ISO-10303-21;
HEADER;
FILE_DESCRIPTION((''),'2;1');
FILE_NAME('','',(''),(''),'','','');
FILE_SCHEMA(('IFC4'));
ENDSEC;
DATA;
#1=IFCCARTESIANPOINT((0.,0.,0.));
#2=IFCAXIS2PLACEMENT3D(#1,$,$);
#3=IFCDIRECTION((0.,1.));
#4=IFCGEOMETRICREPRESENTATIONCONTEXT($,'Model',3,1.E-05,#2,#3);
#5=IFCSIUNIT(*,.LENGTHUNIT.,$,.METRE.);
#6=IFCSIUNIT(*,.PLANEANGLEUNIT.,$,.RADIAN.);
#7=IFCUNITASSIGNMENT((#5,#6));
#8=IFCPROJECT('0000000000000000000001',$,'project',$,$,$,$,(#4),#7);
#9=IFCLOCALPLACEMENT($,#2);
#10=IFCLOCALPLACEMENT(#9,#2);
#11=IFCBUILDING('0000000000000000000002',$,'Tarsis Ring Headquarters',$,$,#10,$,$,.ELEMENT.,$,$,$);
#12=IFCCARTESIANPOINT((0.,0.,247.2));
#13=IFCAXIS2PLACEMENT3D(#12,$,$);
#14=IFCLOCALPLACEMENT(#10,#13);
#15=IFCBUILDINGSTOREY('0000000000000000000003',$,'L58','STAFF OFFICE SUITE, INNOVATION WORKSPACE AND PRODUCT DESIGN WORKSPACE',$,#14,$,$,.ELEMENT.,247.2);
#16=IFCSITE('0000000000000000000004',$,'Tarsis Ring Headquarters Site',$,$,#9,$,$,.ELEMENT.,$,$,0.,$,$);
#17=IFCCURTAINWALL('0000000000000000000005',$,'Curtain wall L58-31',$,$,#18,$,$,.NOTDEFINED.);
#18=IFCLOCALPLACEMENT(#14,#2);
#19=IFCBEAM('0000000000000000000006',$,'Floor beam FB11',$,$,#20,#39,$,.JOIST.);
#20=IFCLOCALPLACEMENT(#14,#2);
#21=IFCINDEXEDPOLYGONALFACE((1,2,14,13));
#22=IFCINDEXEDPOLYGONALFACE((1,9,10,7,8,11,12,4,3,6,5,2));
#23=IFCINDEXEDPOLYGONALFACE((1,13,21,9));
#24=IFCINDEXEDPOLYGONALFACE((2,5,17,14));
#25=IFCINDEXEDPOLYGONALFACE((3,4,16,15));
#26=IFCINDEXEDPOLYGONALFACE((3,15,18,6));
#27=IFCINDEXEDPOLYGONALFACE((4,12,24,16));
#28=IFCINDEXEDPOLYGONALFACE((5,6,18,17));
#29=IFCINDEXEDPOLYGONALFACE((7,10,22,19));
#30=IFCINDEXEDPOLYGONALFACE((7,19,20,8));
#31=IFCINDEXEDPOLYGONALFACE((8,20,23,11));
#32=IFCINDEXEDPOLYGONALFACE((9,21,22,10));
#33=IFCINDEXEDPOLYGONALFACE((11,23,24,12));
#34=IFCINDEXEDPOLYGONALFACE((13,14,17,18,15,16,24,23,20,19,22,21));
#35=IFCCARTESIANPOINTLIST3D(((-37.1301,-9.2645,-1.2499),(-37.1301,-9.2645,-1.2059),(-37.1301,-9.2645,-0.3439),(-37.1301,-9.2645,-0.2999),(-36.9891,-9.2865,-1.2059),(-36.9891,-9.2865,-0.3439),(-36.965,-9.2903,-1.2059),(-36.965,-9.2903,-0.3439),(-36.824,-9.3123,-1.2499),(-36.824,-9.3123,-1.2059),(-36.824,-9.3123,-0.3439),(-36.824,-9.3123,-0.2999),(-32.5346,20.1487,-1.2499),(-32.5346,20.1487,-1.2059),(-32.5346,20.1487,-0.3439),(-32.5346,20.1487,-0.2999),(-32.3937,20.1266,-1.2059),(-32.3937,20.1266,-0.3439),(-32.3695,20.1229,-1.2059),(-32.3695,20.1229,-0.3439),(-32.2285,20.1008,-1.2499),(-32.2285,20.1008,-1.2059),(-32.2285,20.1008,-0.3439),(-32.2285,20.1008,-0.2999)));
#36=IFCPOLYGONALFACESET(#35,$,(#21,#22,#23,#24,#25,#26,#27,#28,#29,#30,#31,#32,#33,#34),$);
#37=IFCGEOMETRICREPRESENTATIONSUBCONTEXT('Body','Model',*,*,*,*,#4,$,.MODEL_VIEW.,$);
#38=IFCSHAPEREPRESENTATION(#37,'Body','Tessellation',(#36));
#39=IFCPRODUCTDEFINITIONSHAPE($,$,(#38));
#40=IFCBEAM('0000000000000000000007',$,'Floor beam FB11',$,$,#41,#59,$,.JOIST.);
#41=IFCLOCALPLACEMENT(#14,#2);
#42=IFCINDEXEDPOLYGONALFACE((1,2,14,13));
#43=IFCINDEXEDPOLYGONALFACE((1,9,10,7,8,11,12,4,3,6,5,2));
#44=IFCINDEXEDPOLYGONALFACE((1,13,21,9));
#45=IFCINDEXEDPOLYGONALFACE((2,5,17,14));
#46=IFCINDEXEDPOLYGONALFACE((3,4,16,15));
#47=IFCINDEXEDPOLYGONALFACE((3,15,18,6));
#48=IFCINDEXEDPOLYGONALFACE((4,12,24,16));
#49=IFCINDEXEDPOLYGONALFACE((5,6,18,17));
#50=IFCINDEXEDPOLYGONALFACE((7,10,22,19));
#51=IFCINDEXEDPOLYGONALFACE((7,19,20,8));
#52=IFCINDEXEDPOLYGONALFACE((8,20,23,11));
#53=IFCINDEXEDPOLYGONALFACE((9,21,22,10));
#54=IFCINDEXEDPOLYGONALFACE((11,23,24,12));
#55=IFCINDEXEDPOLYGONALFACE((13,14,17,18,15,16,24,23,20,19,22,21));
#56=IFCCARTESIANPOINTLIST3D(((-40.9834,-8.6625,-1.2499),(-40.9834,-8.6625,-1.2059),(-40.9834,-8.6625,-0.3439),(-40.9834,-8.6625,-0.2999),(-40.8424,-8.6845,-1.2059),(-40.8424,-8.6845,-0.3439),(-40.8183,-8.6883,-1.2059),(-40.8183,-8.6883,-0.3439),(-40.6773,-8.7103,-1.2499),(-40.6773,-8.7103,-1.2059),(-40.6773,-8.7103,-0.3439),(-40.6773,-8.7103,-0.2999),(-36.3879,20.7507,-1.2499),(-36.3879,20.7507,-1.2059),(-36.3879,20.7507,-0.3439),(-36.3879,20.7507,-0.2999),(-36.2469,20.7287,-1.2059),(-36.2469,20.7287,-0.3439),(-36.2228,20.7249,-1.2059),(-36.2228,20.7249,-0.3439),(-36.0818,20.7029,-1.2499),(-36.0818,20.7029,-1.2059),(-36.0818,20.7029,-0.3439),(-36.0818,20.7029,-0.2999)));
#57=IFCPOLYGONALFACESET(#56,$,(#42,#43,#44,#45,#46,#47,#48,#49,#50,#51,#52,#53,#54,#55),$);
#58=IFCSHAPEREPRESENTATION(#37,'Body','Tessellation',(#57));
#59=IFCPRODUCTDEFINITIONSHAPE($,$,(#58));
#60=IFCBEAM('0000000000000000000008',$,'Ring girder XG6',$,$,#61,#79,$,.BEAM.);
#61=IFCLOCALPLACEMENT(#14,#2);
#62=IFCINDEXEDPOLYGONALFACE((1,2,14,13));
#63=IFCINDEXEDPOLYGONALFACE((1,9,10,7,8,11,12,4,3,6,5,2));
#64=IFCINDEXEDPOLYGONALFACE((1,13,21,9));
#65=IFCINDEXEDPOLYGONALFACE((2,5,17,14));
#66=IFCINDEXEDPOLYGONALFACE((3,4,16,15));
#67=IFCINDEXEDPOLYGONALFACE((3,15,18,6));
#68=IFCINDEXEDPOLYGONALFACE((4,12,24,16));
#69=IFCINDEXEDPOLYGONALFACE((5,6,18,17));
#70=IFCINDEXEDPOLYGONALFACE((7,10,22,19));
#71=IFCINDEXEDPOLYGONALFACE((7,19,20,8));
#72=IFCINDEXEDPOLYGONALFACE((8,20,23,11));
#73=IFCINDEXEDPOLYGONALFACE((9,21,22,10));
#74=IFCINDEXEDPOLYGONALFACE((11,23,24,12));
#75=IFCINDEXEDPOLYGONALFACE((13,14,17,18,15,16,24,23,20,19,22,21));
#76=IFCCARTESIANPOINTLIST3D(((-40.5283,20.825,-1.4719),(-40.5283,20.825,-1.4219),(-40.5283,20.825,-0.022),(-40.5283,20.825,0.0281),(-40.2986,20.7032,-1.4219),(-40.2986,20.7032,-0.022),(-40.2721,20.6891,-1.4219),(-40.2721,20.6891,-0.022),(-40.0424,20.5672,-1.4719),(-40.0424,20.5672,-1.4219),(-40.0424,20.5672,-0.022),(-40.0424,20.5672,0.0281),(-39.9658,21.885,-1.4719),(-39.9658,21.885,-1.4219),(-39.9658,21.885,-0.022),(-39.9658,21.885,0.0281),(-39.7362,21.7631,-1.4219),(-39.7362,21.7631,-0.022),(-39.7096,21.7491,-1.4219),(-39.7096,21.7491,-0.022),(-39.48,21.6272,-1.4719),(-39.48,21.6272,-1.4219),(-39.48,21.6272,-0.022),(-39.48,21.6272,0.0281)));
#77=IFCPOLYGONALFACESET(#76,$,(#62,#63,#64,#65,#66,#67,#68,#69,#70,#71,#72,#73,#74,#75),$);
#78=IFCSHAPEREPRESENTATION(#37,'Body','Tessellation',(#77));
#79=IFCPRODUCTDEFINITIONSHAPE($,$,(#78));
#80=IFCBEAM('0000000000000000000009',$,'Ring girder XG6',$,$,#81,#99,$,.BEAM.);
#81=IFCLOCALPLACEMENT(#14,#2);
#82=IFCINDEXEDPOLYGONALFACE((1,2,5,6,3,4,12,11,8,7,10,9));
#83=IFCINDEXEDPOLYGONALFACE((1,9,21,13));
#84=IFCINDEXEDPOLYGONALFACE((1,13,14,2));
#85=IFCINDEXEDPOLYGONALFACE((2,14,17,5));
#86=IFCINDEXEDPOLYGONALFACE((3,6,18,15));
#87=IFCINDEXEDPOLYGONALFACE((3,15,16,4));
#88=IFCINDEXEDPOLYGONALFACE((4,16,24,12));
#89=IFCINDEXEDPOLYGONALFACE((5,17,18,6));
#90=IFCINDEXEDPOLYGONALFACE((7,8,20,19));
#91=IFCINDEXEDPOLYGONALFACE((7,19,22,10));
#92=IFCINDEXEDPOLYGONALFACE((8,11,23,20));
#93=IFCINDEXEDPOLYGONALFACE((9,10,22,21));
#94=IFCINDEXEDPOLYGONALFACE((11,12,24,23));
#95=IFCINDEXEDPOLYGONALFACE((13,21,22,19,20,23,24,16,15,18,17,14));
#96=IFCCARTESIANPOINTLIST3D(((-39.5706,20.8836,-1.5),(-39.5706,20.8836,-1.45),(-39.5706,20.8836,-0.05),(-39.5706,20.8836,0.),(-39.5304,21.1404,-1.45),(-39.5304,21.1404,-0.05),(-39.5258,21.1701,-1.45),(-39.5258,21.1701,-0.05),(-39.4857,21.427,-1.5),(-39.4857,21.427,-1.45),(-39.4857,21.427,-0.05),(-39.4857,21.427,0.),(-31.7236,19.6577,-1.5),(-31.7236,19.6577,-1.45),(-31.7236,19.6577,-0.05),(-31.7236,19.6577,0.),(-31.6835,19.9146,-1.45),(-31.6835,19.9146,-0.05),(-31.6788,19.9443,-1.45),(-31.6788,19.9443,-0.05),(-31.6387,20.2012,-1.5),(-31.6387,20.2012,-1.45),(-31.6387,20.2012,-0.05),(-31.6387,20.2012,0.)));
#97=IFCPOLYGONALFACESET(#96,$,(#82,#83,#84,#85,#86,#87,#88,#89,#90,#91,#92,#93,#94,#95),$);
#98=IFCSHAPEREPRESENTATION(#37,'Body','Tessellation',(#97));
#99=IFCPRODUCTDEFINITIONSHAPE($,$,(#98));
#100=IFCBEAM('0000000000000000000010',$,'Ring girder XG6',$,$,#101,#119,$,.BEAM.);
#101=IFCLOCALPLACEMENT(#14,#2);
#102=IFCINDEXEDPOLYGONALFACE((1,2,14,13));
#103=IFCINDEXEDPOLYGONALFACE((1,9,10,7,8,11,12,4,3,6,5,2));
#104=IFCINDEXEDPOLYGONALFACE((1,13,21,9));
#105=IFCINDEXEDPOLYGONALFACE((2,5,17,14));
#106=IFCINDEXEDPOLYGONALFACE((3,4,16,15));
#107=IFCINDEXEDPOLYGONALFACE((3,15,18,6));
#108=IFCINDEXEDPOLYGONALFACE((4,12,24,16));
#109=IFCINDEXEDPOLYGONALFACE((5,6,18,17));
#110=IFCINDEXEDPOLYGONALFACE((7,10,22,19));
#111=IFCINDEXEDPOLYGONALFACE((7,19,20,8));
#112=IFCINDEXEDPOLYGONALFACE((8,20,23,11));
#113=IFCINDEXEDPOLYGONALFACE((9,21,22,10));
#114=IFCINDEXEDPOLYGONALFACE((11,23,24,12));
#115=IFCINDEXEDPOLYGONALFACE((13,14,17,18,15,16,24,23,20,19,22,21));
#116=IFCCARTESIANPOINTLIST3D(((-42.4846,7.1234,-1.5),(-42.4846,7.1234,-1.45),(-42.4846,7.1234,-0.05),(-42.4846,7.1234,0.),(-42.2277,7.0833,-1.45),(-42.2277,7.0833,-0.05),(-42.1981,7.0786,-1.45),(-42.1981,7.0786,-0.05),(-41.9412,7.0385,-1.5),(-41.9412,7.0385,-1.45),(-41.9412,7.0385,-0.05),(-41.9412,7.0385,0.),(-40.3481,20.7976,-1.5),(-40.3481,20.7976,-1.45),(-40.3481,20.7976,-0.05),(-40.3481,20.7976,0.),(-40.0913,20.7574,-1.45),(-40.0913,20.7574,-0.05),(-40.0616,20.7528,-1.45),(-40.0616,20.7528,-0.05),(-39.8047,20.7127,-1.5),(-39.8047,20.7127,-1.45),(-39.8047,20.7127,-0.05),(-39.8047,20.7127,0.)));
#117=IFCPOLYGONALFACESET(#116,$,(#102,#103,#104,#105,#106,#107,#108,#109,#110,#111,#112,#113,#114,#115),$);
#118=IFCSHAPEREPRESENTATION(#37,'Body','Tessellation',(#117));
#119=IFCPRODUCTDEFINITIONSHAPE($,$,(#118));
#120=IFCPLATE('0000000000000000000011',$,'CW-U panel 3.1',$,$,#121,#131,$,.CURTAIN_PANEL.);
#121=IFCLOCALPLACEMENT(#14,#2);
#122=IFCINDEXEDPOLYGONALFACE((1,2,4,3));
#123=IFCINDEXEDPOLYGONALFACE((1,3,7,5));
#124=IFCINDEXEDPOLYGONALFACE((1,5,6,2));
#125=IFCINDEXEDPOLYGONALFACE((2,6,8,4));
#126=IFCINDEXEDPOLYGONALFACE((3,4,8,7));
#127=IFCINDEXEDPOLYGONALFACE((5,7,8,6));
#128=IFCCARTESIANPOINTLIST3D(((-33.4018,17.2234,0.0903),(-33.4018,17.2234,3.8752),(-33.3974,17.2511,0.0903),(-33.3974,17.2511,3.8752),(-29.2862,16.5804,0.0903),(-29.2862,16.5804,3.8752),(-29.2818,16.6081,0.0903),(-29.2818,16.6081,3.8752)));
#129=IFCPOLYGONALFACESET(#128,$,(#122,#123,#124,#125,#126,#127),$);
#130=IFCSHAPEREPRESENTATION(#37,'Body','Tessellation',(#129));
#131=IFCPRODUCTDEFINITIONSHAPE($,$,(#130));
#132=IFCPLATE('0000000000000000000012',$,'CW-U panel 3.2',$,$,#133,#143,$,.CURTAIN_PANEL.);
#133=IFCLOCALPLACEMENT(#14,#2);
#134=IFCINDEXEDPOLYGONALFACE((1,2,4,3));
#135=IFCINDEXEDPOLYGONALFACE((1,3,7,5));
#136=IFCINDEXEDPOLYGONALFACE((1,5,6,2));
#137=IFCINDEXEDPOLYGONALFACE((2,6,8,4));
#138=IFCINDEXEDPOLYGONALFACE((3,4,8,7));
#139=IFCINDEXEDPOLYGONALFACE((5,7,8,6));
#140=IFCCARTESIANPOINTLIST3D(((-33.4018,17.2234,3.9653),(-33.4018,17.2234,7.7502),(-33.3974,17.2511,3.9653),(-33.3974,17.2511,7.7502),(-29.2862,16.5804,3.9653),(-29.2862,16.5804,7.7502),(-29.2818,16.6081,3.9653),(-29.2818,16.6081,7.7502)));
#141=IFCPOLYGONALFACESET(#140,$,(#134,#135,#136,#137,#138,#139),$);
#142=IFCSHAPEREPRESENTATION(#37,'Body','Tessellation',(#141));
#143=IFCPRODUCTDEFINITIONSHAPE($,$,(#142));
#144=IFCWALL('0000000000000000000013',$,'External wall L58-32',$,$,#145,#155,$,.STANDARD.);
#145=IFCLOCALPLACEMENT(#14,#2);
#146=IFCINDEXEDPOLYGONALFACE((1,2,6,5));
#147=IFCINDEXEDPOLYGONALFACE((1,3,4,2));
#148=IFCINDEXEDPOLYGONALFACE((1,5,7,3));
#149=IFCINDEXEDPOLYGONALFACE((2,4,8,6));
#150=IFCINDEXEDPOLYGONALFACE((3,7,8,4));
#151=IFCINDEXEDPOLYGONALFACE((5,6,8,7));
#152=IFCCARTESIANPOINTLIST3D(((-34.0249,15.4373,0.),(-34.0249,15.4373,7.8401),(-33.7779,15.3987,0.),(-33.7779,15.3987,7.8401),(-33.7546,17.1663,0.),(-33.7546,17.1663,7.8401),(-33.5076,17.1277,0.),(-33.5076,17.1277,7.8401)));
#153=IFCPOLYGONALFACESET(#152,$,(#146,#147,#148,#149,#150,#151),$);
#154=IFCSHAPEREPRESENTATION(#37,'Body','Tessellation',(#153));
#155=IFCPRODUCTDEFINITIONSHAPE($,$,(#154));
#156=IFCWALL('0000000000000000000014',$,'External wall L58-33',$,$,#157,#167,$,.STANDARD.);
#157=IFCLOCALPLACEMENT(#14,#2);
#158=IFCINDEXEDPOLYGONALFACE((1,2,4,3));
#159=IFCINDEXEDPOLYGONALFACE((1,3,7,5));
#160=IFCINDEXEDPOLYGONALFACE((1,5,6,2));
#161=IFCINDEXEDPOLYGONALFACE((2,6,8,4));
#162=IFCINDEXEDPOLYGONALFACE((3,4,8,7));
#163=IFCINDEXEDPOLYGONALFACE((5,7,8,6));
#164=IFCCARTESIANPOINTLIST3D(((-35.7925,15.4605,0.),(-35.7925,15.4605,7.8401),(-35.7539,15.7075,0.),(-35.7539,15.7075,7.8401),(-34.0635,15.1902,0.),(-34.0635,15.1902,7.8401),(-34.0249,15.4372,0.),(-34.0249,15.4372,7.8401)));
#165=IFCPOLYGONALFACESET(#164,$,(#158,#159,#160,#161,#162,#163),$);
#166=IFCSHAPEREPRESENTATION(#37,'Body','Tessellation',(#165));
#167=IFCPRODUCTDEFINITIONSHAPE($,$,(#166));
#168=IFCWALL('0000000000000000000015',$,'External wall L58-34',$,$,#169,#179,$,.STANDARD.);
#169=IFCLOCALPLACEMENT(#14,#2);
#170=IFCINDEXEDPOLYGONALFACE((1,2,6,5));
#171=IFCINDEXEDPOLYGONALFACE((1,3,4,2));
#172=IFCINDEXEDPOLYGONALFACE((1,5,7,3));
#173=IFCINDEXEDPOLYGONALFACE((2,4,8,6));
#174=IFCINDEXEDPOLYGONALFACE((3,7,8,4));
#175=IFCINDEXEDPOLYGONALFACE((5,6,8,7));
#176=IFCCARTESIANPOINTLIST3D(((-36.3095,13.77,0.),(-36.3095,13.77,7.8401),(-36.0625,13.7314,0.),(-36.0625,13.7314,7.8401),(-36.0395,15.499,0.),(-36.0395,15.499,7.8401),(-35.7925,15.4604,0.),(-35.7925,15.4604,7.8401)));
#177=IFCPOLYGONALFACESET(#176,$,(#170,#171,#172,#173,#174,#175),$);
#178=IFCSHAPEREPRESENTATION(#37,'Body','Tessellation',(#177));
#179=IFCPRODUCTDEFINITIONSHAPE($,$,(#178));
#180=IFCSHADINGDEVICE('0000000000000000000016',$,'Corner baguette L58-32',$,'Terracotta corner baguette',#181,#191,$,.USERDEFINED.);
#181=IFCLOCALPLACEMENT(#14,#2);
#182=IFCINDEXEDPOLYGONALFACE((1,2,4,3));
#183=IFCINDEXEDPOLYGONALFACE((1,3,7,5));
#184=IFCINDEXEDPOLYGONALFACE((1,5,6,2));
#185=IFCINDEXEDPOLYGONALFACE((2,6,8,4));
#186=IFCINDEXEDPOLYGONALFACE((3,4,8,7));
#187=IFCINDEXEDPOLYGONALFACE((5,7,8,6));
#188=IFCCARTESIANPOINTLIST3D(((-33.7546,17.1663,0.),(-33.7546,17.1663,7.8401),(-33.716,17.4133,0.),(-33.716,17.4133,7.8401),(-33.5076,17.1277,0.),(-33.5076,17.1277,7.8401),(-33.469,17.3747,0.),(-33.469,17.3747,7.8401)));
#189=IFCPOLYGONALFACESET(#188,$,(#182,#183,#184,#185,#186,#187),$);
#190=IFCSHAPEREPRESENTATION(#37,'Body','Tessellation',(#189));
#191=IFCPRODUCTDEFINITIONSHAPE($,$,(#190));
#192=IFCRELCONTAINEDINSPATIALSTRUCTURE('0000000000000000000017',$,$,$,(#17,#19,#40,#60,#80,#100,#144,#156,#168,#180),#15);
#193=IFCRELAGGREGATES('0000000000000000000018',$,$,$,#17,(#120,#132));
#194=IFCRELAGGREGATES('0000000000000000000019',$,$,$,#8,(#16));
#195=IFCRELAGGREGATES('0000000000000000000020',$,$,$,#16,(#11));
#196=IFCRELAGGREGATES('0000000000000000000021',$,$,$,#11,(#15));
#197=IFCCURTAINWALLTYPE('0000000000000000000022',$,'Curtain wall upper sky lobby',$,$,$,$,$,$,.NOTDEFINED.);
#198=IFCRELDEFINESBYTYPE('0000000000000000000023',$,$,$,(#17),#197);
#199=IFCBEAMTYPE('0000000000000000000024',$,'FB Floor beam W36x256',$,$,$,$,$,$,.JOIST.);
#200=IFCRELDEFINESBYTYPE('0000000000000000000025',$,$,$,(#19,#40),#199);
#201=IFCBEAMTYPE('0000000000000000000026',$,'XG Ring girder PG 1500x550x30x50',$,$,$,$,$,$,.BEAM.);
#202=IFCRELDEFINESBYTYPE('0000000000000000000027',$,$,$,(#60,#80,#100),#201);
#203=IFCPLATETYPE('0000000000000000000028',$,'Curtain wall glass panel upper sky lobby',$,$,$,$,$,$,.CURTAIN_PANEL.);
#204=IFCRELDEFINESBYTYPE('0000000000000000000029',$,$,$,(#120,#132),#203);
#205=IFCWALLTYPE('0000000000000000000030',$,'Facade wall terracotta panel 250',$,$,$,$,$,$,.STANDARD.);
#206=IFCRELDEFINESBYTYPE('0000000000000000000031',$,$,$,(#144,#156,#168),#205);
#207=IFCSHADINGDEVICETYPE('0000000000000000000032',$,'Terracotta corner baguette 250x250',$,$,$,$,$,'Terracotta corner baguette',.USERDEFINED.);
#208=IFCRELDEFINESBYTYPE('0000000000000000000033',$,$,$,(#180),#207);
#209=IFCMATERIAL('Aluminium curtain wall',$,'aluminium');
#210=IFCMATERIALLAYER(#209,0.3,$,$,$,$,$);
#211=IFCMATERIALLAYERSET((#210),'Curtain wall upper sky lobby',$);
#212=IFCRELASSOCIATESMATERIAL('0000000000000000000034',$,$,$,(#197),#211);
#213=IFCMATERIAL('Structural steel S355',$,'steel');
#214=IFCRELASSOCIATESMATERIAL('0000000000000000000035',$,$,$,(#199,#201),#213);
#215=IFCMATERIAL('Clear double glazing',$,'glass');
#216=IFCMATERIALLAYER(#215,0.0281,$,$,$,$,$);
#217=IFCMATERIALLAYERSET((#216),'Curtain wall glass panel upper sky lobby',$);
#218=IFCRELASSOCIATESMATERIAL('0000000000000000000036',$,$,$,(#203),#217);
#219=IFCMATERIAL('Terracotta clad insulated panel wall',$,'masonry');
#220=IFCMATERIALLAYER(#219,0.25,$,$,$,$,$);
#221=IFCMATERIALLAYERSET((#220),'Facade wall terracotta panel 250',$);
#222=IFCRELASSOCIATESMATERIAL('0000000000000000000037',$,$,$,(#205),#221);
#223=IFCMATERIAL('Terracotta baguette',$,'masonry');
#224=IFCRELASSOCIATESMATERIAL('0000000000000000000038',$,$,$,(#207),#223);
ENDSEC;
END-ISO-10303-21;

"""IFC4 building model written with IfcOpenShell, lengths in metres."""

from ifc_helpers import new_model, si_unit, direction, frame, frame_2d, origin, origin_2d, place, context, subcontext, project, spatial, rectangle, i_section, extrude, material, layer, layer_set, material_profile, profile_set, type_object, element, aggregate, save


model = new_model("IFC4")

# Units and contexts
model_context = context("Model", 3, precision=1e-05, world=origin(), true_north=direction((0.0, 1.0)))
body_context = subcontext(model_context, "Body", "Model", "MODEL_VIEW")
ifc_project = project(units=[si_unit("LENGTHUNIT", "METRE"), si_unit("PLANEANGLEUNIT", "RADIAN")], contexts=[model_context])

# Site, building, storey
site_placement = place(None, origin())
site = spatial("IfcSite", under=ifc_project, at=site_placement, Name="Tarsis Ring Headquarters Site", CompositionType="ELEMENT", RefElevation=0.0)
building_placement = place(site_placement, origin())
building = spatial("IfcBuilding", under=site, at=building_placement, Name="Tarsis Ring Headquarters", CompositionType="ELEMENT")
storey_placement = place(building_placement, frame((0.0, 0.0, 247.2)))
storey = spatial("IfcBuildingStorey", under=building, at=storey_placement, Name="L58", Description="STAFF OFFICE SUITE, INNOVATION WORKSPACE AND PRODUCT DESIGN WORKSPACE", CompositionType="ELEMENT", Elevation=247.2)

# Shared definitions
ifc_material_1 = material(Name="Structural steel S355", Category="steel")

# Curtain wall
ifc_material_2 = material(Name="Aluminium curtain wall", Category="aluminium")
ifc_layer_1 = layer(ifc_material_2, 0.3)
ifc_layer_set_1 = layer_set([ifc_layer_1], Name="Curtain wall upper sky lobby")
curtain_wall_type = type_object("IfcCurtainWallType", Name="Curtain wall upper sky lobby", PredefinedType="NOTDEFINED", material=ifc_layer_set_1)
curtain_wall_placement = place(storey_placement, origin())
curtain_wall = element("IfcCurtainWall", 1, at=curtain_wall_placement, inside=storey, type_object=curtain_wall_type, Name="Curtain wall L58-31", PredefinedType="NOTDEFINED")

# Beams
ifc_material_profile_1 = material_profile(ifc_material_1, i_section(OverallWidth=0.3098, OverallDepth=0.95, WebThickness=0.0244, FlangeThickness=0.0439, at=origin_2d()), Name="W36x256")
ifc_profile_set_1 = profile_set([ifc_material_profile_1], Name="Structural steel S355")
beam_type_1 = type_object("IfcBeamType", Name="FB Floor beam W36x256", PredefinedType="JOIST", material=ifc_profile_set_1)
for number, where, z_axis, x_axis, name in (
    (2, (-32.3816, 20.1248, -0.7749), (-0.154366, -0.988014, 0.0), (0.988014, -0.154366, 0.0), "Floor beam FB11"),
    (3, (-36.2349, 20.7268, -0.7749), (-0.154366, -0.988014, 0.0), (0.988014, -0.154366, 0.0), "Floor beam FB11"),
):
    element("IfcBeam", number, at=place(storey_placement, frame(where, z_axis=z_axis, x_axis=x_axis)), inside=storey, type_object=beam_type_1, Name=name, PredefinedType="JOIST", context=body_context, shape_type="SweptSolid", body=[
        extrude(i_section(OverallWidth=0.3098, OverallDepth=0.95, WebThickness=0.0244, FlangeThickness=0.0439, at=origin_2d()), origin(), (0.0, 0.0, 1.0), 29.77),
    ])
ifc_material_profile_2 = material_profile(ifc_material_1, i_section(OverallWidth=0.55, OverallDepth=1.5, WebThickness=0.03, FlangeThickness=0.05, at=origin_2d()), Name="PG 1500x550x30x50")
ifc_profile_set_2 = profile_set([ifc_material_profile_2], Name="Structural steel S355")
beam_type_2 = type_object("IfcBeamType", Name="XG Ring girder PG 1500x550x30x50", PredefinedType="BEAM", material=ifc_profile_set_2)
beam_1_placement = place(storey_placement, frame((-39.7229, 21.7561, -0.7219), z_axis=(-0.468729, -0.883342, 0.0), x_axis=(0.883342, -0.468729, 0.0)))
element("IfcBeam", 4, at=beam_1_placement, inside=storey, type_object=beam_type_2, Name="Ring girder XG6", PredefinedType="BEAM", context=body_context, shape_type="SweptSolid", body=[
    extrude(i_section(OverallWidth=0.55, OverallDepth=1.5, WebThickness=0.03, FlangeThickness=0.05, at=origin_2d()), origin(), (0.0, 0.0, 1.0), 1.2),
])
beam_2_placement = place(storey_placement, frame((-31.6812, 19.9294, -0.75), z_axis=(-0.988017, 0.154346, 0.0), x_axis=(-0.154346, -0.988017, 0.0)))
element("IfcBeam", 5, at=beam_2_placement, inside=storey, type_object=beam_type_2, Name="Ring girder XG6", PredefinedType="BEAM", context=body_context, shape_type="SweptSolid", body=[
    extrude(i_section(OverallWidth=0.55, OverallDepth=1.5, WebThickness=0.03, FlangeThickness=0.05, at=origin_2d()), origin(), (0.0, 0.0, 1.0), 7.9421),
])
beam_3_placement = place(storey_placement, frame((-40.0764, 20.7551, -0.75), z_axis=(-0.15437, -0.988013, 0.0), x_axis=(0.988013, -0.15437, 0.0)))
element("IfcBeam", 6, at=beam_3_placement, inside=storey, type_object=beam_type_2, Name="Ring girder XG6", PredefinedType="BEAM", context=body_context, shape_type="SweptSolid", body=[
    extrude(i_section(OverallWidth=0.55, OverallDepth=1.5, WebThickness=0.03, FlangeThickness=0.05, at=origin_2d()), origin(), (0.0, 0.0, 1.0), 13.8401),
])

# Plates
ifc_material_3 = material(Name="Clear double glazing", Category="glass")
ifc_layer_2 = layer(ifc_material_3, 0.0281)
ifc_layer_set_2 = layer_set([ifc_layer_2], Name="Curtain wall glass panel upper sky lobby")
plate_type = type_object("IfcPlateType", Name="Curtain wall glass panel upper sky lobby", PredefinedType="CURTAIN_PANEL", material=ifc_layer_set_2)
plate_1_placement = place(storey_placement, frame((-31.3418, 16.9158, 0.0903), z_axis=(0.0, 0.0, 1.0), x_axis=(-0.988014, 0.154366, 0.0)))
plate_1 = element("IfcPlate", 7, at=plate_1_placement, type_object=plate_type, Name="CW-U panel 3.1", PredefinedType="CURTAIN_PANEL", context=body_context, shape_type="SweptSolid", body=[
    extrude(rectangle(XDim=4.1655, YDim=0.0281, at=origin_2d()), origin(), (0.0, 0.0, 1.0), 3.7849),
])
plate_2_placement = place(storey_placement, frame((-31.3418, 16.9158, 3.9653), z_axis=(0.0, 0.0, 1.0), x_axis=(-0.988014, 0.154366, 0.0)))
plate_2 = element("IfcPlate", 8, at=plate_2_placement, type_object=plate_type, Name="CW-U panel 3.2", PredefinedType="CURTAIN_PANEL", context=body_context, shape_type="SweptSolid", body=[
    extrude(rectangle(XDim=4.1655, YDim=0.0281, at=origin_2d()), origin(), (0.0, 0.0, 1.0), 3.7849),
])
aggregate(curtain_wall, [plate_1, plate_2])

# Walls
ifc_material_4 = material(Name="Terracotta clad insulated panel wall", Category="masonry")
ifc_layer_3 = layer(ifc_material_4, 0.25)
ifc_layer_set_3 = layer_set([ifc_layer_3], Name="Facade wall terracotta panel 250")
wall_type = type_object("IfcWallType", Name="Facade wall terracotta panel 250", PredefinedType="STANDARD", material=ifc_layer_set_3)
for number, where, z_axis, x_axis, name in (
    (9, (-33.6311, 17.147, 0.0), (0.0, 0.0, 1.0), (-0.154436, -0.988003, 0.0), "External wall L58-32"),
    (10, (-34.0442, 15.3137, 0.0), (0.0, 0.0, 1.0), (-0.988003, 0.154436, 0.0), "External wall L58-33"),
    (11, (-35.916, 15.4797, 0.0), (0.0, 0.0, 1.0), (-0.1543, -0.988024, 0.0), "External wall L58-34"),
):
    element("IfcWall", number, at=place(storey_placement, frame(where, z_axis=z_axis, x_axis=x_axis)), inside=storey, type_object=wall_type, Name=name, PredefinedType="STANDARD", context=body_context, shape_type="SweptSolid", body=[
        extrude(rectangle(XDim=1.75, YDim=0.25, at=frame_2d((0.875, 0.0))), origin(), (0.0, 0.0, 1.0), 7.8401),
    ])

# Shading device
ifc_material_5 = material(Name="Terracotta baguette", Category="masonry")
shading_device_type_1 = type_object("IfcShadingDeviceType", Name="Terracotta corner baguette 250x250", ElementType="Terracotta corner baguette", PredefinedType="USERDEFINED", material=ifc_material_5)
for number, where, z_axis, x_axis, name in (
    (12, (-33.6118, 17.2705, 0.0), (0.0, 0.0, 1.0), (-0.988014, 0.154365, 0.0), "Corner baguette L58-32"),
):
    element("IfcShadingDevice", number, at=place(storey_placement, frame(where, z_axis=z_axis, x_axis=x_axis)), inside=storey, type_object=shading_device_type_1, Name=name, ObjectType="Terracotta corner baguette", PredefinedType="USERDEFINED", context=body_context, shape_type="SweptSolid", body=[
        extrude(rectangle(XDim=0.25, YDim=0.25, at=origin_2d()), origin(), (0.0, 0.0, 1.0), 7.8401),
    ])

save(model, "model.ifc")
